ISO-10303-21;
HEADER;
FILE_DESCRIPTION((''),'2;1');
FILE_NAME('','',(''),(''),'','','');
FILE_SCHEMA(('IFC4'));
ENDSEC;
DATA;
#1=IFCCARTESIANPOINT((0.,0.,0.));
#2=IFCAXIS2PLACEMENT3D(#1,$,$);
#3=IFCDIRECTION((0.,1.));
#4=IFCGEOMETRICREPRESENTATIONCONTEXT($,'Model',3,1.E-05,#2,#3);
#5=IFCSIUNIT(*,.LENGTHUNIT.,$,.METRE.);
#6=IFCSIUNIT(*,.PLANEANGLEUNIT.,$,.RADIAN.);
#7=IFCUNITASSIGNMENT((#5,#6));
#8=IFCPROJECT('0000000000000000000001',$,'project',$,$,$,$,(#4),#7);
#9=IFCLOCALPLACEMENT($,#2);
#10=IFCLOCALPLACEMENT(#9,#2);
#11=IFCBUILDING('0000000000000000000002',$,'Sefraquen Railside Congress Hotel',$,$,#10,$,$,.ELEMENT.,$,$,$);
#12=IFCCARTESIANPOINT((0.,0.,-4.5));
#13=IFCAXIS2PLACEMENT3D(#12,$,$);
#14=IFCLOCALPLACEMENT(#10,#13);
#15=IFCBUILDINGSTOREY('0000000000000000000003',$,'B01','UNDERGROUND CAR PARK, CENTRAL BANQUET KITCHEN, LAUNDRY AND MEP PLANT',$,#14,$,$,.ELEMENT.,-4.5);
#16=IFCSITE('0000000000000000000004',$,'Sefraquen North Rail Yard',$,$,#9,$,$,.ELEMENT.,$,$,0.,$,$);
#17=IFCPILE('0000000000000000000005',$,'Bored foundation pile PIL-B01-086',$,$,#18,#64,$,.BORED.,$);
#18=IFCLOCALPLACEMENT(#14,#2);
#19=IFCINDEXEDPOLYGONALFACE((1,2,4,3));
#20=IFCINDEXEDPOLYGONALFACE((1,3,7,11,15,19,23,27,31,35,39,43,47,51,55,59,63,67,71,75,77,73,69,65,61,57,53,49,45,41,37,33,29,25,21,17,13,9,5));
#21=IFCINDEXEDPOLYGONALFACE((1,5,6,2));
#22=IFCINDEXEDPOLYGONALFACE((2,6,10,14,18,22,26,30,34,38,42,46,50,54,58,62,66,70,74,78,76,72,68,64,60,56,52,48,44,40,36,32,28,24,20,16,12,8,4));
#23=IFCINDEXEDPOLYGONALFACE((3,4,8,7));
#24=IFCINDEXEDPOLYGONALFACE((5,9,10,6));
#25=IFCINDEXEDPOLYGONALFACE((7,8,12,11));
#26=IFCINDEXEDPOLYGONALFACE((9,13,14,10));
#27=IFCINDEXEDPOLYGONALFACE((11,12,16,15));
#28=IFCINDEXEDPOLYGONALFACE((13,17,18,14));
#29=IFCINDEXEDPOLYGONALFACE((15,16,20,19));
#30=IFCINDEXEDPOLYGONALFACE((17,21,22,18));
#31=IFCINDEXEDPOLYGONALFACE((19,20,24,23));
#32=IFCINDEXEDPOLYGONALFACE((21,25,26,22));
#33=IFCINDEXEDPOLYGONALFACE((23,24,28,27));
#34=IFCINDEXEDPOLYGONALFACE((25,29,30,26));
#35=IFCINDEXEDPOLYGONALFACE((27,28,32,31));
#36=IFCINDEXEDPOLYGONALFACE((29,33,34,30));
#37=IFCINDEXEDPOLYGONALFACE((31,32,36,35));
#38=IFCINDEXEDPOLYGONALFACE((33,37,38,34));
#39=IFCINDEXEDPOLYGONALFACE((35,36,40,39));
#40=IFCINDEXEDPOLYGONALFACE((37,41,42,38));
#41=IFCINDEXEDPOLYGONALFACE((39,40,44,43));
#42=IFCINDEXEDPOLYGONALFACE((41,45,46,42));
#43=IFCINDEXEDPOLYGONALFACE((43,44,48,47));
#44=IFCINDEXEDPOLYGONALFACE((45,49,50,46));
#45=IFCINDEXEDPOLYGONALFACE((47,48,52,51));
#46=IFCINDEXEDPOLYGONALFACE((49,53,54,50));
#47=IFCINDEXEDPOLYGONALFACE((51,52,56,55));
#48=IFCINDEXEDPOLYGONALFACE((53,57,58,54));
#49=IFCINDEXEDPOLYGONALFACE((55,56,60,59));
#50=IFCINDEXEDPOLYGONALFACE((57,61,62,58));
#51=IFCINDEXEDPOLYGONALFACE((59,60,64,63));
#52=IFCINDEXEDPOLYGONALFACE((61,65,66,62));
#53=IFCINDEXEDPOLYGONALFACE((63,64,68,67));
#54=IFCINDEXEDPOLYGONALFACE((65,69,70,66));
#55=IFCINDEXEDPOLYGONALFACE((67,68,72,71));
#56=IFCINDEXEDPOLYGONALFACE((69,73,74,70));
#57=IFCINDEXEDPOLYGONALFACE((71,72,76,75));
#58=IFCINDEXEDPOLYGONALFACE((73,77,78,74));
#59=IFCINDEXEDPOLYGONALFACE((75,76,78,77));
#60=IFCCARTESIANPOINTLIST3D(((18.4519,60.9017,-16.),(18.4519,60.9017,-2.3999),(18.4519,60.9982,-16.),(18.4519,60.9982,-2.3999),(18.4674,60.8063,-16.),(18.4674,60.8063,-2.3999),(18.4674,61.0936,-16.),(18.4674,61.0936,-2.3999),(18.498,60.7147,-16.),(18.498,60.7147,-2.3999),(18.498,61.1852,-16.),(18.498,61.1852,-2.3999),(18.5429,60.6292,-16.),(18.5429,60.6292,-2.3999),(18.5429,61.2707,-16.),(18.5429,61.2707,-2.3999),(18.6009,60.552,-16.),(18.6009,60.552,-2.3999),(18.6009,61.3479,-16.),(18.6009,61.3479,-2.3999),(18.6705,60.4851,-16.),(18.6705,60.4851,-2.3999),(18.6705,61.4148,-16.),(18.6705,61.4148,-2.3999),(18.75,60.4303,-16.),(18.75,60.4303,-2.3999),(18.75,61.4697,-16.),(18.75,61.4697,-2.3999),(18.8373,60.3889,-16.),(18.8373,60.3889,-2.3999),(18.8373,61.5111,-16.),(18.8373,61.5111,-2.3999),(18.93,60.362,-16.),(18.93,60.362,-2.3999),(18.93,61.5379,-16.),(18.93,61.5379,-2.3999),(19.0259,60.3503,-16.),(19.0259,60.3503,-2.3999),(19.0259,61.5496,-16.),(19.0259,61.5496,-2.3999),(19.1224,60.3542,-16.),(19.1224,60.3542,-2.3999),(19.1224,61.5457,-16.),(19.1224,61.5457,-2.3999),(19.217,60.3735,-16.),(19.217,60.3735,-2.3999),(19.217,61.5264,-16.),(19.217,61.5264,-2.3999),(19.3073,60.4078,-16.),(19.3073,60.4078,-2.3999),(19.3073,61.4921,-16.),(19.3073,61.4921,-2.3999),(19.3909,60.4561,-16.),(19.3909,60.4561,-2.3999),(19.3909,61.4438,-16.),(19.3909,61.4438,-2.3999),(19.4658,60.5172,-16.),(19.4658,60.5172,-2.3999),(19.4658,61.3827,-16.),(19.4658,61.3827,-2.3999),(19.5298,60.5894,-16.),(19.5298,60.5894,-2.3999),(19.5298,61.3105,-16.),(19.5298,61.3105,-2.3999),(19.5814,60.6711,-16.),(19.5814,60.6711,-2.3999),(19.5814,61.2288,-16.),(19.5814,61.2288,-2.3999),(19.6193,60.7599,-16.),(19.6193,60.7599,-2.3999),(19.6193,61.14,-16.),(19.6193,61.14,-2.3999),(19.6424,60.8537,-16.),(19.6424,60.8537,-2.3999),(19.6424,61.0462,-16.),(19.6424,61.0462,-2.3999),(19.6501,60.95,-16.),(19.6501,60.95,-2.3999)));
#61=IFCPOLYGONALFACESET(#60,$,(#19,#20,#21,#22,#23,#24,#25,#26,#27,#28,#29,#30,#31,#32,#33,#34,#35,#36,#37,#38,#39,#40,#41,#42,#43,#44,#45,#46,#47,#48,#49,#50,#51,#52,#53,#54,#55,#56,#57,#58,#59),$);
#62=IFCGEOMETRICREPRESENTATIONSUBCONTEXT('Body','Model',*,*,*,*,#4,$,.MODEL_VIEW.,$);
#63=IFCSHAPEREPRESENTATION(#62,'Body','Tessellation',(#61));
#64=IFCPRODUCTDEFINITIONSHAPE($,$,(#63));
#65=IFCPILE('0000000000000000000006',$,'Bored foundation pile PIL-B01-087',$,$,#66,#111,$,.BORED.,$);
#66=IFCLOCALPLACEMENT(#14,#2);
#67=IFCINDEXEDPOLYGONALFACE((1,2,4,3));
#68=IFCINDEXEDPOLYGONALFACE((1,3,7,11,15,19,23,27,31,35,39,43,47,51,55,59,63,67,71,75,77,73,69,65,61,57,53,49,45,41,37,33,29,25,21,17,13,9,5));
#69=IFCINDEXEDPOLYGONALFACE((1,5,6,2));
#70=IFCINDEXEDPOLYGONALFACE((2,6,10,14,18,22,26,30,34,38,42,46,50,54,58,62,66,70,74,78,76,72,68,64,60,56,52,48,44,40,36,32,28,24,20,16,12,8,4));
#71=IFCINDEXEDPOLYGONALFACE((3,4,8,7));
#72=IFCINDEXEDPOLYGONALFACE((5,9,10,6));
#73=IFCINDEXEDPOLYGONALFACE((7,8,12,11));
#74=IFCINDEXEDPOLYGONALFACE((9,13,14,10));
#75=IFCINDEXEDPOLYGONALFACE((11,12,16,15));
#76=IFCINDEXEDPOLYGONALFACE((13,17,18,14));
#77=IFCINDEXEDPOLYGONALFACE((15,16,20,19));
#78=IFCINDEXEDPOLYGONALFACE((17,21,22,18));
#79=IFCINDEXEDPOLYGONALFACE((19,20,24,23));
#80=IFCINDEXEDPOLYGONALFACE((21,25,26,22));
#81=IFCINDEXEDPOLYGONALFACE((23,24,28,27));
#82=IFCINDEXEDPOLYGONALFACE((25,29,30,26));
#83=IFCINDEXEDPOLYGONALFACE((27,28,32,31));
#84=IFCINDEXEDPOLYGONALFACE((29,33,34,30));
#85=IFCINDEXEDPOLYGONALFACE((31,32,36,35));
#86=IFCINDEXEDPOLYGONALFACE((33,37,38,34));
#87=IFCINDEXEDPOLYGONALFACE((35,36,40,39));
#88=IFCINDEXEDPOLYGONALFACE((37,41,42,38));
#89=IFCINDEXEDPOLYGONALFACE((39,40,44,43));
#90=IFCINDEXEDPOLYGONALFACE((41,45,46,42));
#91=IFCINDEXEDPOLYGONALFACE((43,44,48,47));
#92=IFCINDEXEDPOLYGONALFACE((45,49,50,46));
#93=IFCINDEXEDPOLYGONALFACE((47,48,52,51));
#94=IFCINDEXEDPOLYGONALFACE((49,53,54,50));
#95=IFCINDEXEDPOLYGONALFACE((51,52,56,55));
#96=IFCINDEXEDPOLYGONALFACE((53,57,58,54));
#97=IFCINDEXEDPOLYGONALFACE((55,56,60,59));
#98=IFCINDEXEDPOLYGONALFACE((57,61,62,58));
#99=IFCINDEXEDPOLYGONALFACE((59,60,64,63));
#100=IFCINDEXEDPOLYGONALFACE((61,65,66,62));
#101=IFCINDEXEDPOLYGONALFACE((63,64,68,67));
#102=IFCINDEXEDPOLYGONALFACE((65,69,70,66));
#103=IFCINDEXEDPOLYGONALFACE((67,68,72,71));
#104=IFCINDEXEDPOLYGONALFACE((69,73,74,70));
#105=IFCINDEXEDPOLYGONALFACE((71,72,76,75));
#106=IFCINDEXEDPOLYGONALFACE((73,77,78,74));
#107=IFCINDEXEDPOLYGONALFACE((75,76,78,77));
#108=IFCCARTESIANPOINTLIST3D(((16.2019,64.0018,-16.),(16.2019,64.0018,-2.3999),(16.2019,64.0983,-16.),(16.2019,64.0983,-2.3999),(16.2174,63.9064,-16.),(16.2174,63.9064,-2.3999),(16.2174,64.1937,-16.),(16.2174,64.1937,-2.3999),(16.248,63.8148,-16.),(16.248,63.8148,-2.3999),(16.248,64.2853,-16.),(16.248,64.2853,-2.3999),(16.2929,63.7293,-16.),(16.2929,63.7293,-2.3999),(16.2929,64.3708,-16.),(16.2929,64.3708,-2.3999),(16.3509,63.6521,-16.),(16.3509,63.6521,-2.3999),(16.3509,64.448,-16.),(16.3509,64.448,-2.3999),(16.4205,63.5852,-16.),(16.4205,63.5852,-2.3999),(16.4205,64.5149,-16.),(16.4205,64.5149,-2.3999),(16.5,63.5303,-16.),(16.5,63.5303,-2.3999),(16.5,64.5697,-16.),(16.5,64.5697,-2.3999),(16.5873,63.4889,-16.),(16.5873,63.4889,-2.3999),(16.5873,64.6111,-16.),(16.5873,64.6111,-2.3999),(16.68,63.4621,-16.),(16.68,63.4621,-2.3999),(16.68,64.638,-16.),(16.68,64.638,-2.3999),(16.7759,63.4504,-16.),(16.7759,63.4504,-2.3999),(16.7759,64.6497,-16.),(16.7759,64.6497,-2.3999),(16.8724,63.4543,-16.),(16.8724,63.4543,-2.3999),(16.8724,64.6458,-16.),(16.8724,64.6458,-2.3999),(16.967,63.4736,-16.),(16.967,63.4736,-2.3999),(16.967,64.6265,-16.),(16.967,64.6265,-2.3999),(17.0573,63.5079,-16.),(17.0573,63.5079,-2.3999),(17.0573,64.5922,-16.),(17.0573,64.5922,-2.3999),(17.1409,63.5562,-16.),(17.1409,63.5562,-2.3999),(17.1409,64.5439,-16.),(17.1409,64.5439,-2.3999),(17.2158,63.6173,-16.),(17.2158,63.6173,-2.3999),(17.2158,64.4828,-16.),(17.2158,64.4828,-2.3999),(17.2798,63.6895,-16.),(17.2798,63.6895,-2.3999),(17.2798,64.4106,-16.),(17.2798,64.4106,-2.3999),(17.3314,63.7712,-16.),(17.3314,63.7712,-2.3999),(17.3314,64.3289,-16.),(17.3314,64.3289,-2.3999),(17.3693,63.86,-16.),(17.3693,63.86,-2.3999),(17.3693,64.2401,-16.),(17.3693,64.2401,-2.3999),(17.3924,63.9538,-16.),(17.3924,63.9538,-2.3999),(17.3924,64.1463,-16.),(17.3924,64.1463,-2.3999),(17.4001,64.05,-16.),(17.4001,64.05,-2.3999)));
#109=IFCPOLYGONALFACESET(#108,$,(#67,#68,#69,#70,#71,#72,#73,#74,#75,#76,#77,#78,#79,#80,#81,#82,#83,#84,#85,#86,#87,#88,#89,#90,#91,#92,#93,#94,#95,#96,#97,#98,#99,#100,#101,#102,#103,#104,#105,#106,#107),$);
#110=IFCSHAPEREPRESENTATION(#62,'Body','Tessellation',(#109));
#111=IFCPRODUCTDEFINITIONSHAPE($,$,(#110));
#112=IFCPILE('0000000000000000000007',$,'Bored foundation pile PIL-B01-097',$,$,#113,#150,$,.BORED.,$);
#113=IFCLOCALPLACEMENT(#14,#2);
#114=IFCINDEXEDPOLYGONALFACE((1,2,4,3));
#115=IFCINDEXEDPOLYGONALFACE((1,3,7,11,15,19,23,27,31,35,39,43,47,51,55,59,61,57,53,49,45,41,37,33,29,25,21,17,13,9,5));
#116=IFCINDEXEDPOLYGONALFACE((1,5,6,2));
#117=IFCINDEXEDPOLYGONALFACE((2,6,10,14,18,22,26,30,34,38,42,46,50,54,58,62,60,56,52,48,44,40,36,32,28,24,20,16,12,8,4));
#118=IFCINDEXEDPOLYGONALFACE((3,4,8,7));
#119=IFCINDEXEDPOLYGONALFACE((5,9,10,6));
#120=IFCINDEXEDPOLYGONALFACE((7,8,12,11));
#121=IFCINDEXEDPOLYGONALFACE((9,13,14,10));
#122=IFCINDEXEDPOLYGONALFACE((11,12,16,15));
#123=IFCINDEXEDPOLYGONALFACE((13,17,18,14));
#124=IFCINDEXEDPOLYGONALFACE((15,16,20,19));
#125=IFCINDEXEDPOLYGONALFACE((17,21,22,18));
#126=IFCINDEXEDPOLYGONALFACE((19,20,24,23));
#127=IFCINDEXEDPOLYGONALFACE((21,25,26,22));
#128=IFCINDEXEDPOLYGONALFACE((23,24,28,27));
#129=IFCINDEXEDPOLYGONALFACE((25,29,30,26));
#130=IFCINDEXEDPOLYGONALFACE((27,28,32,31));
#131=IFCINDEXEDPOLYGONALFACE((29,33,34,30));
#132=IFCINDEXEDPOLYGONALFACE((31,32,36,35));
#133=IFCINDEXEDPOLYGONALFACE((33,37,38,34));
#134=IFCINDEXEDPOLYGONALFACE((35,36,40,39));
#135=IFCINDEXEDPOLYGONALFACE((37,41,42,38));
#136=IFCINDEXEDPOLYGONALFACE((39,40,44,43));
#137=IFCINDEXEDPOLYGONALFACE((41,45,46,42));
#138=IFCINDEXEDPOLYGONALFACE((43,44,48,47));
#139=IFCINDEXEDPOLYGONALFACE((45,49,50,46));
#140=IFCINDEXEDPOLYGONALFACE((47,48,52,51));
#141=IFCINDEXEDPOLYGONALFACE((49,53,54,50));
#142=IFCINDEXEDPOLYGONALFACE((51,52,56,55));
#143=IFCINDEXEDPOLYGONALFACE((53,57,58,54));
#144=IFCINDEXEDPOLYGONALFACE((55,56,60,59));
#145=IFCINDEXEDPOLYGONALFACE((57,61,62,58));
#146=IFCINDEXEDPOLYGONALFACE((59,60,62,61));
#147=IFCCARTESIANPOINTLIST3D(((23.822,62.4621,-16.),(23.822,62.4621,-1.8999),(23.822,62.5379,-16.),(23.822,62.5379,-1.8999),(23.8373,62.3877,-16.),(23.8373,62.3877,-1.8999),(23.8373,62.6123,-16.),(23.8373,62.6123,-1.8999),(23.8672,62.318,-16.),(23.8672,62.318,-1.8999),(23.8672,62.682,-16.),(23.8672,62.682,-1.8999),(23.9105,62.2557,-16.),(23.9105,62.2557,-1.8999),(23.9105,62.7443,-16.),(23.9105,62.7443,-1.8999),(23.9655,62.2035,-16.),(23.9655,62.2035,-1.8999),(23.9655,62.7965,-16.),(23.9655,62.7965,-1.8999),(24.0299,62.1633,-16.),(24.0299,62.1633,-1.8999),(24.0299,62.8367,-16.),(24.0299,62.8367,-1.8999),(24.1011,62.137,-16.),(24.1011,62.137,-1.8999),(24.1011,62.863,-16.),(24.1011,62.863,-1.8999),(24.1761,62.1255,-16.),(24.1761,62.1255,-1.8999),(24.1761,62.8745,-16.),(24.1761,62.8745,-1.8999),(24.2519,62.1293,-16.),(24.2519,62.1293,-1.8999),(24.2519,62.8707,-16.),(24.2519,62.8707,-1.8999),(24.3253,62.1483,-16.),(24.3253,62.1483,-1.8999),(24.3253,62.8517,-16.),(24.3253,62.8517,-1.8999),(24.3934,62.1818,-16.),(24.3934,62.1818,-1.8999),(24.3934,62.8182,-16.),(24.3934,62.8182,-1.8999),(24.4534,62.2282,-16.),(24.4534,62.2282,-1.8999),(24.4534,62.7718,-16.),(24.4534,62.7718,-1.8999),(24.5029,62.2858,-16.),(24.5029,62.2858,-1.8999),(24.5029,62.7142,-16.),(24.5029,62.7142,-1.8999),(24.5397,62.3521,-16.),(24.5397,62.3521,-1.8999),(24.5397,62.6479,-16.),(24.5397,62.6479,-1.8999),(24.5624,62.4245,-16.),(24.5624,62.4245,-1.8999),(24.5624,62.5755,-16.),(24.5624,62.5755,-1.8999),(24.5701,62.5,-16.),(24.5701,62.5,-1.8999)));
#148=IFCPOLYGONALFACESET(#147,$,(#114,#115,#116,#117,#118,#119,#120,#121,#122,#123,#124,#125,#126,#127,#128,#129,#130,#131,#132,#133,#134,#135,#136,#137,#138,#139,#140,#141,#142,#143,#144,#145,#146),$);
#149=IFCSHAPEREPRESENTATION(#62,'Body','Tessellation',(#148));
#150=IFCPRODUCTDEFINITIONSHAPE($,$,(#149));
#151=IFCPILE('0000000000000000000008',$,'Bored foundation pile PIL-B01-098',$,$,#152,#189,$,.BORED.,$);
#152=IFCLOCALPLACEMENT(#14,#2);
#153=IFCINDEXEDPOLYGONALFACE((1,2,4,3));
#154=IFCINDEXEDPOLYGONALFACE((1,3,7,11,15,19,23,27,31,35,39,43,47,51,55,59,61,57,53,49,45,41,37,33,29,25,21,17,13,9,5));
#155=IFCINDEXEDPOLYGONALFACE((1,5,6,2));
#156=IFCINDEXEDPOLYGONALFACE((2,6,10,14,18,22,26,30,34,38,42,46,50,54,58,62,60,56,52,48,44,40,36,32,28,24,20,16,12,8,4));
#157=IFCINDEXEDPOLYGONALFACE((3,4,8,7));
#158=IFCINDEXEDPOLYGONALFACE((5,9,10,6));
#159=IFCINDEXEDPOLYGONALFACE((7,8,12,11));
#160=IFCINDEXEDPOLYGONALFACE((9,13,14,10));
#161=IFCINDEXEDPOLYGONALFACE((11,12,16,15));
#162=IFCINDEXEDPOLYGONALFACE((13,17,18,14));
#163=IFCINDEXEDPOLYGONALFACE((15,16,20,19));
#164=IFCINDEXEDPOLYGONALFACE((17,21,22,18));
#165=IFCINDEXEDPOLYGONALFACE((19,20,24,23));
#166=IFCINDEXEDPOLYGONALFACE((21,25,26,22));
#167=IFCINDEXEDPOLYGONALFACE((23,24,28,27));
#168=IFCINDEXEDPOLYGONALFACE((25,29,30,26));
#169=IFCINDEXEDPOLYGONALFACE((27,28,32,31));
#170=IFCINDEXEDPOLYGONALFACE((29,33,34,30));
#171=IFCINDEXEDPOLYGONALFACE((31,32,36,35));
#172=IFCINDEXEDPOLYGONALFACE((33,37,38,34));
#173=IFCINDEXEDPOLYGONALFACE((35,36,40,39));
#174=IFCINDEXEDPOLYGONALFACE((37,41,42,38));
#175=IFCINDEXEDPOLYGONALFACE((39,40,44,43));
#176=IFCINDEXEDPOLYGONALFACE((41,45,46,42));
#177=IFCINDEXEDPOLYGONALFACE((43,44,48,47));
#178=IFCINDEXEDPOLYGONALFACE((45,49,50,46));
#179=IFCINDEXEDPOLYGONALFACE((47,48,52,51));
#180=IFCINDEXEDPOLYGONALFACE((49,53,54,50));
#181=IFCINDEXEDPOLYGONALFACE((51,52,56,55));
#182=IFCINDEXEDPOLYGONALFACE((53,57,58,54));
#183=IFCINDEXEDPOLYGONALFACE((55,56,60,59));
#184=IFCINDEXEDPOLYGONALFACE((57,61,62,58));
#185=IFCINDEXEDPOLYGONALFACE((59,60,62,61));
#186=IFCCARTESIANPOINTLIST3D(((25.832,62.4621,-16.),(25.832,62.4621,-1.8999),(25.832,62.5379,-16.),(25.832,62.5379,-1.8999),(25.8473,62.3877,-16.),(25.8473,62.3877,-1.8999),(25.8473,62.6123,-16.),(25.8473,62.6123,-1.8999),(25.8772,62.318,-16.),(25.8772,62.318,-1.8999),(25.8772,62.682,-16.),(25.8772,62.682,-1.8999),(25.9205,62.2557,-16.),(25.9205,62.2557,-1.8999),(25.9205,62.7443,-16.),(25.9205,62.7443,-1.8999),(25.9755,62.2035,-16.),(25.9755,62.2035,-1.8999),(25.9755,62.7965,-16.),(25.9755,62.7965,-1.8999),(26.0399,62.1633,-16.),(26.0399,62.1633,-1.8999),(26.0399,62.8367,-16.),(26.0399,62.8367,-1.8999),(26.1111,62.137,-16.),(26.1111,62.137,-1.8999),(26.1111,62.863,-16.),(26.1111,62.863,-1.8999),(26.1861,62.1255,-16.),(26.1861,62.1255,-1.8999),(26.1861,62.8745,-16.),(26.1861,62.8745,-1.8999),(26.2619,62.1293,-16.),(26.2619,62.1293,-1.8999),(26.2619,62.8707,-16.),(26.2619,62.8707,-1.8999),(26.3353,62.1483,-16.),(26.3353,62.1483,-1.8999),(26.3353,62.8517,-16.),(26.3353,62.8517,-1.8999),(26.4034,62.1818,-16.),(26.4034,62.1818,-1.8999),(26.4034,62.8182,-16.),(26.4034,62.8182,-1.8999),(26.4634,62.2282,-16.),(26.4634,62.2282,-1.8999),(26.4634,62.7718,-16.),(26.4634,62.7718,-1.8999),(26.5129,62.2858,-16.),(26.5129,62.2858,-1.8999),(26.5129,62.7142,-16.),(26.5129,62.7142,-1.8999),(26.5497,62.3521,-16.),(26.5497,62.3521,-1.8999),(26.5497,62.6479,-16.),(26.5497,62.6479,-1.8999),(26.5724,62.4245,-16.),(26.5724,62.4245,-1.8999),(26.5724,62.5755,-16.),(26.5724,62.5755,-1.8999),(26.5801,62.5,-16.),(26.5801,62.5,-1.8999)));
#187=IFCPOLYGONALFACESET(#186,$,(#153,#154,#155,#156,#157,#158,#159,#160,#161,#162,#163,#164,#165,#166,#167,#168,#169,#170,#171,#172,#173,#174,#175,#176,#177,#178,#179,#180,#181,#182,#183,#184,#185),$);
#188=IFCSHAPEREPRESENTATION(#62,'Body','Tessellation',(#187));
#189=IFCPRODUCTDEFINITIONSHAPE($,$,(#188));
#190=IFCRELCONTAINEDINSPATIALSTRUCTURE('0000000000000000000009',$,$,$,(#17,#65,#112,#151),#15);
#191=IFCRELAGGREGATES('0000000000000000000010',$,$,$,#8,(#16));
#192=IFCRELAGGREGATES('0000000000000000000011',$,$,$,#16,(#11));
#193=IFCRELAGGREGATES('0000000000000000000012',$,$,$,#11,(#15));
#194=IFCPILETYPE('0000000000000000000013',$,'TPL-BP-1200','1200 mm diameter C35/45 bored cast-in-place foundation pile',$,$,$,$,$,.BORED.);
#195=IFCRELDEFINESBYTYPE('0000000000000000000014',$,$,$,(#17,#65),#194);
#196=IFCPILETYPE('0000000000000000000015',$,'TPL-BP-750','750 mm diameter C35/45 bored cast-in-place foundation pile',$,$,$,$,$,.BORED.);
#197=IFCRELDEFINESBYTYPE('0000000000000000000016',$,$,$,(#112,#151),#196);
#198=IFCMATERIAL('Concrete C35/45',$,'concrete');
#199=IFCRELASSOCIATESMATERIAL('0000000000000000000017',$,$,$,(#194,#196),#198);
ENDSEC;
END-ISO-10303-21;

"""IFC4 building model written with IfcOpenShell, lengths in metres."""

from ifc_helpers import new_model, si_unit, direction, frame, origin, origin_2d, place, context, subcontext, project, spatial, circle, extrude, material, material_profile, profile_set, type_object, element, save


model = new_model("IFC4")

# Units and contexts
model_context = context("Model", 3, precision=1e-05, world=origin(), true_north=direction((0.0, 1.0)))
body_context = subcontext(model_context, "Body", "Model", "MODEL_VIEW")
ifc_project = project(units=[si_unit("LENGTHUNIT", "METRE"), si_unit("PLANEANGLEUNIT", "RADIAN")], contexts=[model_context])

# Site, building, storey
site_placement = place(None, origin())
site = spatial("IfcSite", under=ifc_project, at=site_placement, Name="Sefraquen North Rail Yard", CompositionType="ELEMENT", RefElevation=0.0)
building_placement = place(site_placement, origin())
building = spatial("IfcBuilding", under=site, at=building_placement, Name="Sefraquen Railside Congress Hotel", CompositionType="ELEMENT")
storey_placement = place(building_placement, frame((0.0, 0.0, -4.5)))
storey = spatial("IfcBuildingStorey", under=building, at=storey_placement, Name="B01", Description="UNDERGROUND CAR PARK, CENTRAL BANQUET KITCHEN, LAUNDRY AND MEP PLANT", CompositionType="ELEMENT", Elevation=-4.5)

# Piles
ifc_material_1 = material(Name="Concrete C35/45", Category="concrete")
ifc_material_profile_1 = material_profile(ifc_material_1, circle(Radius=0.6001, at=origin_2d()), Name="BORED PILE 1200")
ifc_profile_set_1 = profile_set([ifc_material_profile_1], Name="Concrete C35/45")
pile_type_1 = type_object("IfcPileType", Name="TPL-BP-1200", Description="1200 mm diameter C35/45 bored cast-in-place foundation pile", PredefinedType="BORED", material=ifc_profile_set_1)
for number, where, z_axis, x_axis, name in (
    (1, (19.05, 60.95, -2.3999), (0.0, 0.0, -1.0), (1.0, 0.0, 0.0), "Bored foundation pile PIL-B01-086"),
    (2, (16.8, 64.05, -2.3999), (0.0, 0.0, -1.0), (1.0, 0.0, 0.0), "Bored foundation pile PIL-B01-087"),
):
    element("IfcPile", number, at=place(storey_placement, frame(where, z_axis=z_axis, x_axis=x_axis)), inside=storey, type_object=pile_type_1, Name=name, PredefinedType="BORED", context=body_context, shape_type="SweptSolid", body=[
        extrude(circle(Radius=0.6001, at=origin_2d()), origin(), (0.0, 0.0, 1.0), 13.6001),
    ])
ifc_material_profile_2 = material_profile(ifc_material_1, circle(Radius=0.375, at=origin_2d()), Name="BORED PILE 750")
ifc_profile_set_2 = profile_set([ifc_material_profile_2], Name="Concrete C35/45")
pile_type_2 = type_object("IfcPileType", Name="TPL-BP-750", Description="750 mm diameter C35/45 bored cast-in-place foundation pile", PredefinedType="BORED", material=ifc_profile_set_2)
for number, where, z_axis, x_axis, name in (
    (3, (24.1951, 62.5, -1.8999), (0.0, 0.0, -1.0), (1.0, 0.0, 0.0), "Bored foundation pile PIL-B01-097"),
    (4, (26.2051, 62.5, -1.8999), (0.0, 0.0, -1.0), (1.0, 0.0, 0.0), "Bored foundation pile PIL-B01-098"),
):
    element("IfcPile", number, at=place(storey_placement, frame(where, z_axis=z_axis, x_axis=x_axis)), inside=storey, type_object=pile_type_2, Name=name, PredefinedType="BORED", context=body_context, shape_type="SweptSolid", body=[
        extrude(circle(Radius=0.375, at=origin_2d()), origin(), (0.0, 0.0, 1.0), 14.1001),
    ])

save(model, "model.ifc")
